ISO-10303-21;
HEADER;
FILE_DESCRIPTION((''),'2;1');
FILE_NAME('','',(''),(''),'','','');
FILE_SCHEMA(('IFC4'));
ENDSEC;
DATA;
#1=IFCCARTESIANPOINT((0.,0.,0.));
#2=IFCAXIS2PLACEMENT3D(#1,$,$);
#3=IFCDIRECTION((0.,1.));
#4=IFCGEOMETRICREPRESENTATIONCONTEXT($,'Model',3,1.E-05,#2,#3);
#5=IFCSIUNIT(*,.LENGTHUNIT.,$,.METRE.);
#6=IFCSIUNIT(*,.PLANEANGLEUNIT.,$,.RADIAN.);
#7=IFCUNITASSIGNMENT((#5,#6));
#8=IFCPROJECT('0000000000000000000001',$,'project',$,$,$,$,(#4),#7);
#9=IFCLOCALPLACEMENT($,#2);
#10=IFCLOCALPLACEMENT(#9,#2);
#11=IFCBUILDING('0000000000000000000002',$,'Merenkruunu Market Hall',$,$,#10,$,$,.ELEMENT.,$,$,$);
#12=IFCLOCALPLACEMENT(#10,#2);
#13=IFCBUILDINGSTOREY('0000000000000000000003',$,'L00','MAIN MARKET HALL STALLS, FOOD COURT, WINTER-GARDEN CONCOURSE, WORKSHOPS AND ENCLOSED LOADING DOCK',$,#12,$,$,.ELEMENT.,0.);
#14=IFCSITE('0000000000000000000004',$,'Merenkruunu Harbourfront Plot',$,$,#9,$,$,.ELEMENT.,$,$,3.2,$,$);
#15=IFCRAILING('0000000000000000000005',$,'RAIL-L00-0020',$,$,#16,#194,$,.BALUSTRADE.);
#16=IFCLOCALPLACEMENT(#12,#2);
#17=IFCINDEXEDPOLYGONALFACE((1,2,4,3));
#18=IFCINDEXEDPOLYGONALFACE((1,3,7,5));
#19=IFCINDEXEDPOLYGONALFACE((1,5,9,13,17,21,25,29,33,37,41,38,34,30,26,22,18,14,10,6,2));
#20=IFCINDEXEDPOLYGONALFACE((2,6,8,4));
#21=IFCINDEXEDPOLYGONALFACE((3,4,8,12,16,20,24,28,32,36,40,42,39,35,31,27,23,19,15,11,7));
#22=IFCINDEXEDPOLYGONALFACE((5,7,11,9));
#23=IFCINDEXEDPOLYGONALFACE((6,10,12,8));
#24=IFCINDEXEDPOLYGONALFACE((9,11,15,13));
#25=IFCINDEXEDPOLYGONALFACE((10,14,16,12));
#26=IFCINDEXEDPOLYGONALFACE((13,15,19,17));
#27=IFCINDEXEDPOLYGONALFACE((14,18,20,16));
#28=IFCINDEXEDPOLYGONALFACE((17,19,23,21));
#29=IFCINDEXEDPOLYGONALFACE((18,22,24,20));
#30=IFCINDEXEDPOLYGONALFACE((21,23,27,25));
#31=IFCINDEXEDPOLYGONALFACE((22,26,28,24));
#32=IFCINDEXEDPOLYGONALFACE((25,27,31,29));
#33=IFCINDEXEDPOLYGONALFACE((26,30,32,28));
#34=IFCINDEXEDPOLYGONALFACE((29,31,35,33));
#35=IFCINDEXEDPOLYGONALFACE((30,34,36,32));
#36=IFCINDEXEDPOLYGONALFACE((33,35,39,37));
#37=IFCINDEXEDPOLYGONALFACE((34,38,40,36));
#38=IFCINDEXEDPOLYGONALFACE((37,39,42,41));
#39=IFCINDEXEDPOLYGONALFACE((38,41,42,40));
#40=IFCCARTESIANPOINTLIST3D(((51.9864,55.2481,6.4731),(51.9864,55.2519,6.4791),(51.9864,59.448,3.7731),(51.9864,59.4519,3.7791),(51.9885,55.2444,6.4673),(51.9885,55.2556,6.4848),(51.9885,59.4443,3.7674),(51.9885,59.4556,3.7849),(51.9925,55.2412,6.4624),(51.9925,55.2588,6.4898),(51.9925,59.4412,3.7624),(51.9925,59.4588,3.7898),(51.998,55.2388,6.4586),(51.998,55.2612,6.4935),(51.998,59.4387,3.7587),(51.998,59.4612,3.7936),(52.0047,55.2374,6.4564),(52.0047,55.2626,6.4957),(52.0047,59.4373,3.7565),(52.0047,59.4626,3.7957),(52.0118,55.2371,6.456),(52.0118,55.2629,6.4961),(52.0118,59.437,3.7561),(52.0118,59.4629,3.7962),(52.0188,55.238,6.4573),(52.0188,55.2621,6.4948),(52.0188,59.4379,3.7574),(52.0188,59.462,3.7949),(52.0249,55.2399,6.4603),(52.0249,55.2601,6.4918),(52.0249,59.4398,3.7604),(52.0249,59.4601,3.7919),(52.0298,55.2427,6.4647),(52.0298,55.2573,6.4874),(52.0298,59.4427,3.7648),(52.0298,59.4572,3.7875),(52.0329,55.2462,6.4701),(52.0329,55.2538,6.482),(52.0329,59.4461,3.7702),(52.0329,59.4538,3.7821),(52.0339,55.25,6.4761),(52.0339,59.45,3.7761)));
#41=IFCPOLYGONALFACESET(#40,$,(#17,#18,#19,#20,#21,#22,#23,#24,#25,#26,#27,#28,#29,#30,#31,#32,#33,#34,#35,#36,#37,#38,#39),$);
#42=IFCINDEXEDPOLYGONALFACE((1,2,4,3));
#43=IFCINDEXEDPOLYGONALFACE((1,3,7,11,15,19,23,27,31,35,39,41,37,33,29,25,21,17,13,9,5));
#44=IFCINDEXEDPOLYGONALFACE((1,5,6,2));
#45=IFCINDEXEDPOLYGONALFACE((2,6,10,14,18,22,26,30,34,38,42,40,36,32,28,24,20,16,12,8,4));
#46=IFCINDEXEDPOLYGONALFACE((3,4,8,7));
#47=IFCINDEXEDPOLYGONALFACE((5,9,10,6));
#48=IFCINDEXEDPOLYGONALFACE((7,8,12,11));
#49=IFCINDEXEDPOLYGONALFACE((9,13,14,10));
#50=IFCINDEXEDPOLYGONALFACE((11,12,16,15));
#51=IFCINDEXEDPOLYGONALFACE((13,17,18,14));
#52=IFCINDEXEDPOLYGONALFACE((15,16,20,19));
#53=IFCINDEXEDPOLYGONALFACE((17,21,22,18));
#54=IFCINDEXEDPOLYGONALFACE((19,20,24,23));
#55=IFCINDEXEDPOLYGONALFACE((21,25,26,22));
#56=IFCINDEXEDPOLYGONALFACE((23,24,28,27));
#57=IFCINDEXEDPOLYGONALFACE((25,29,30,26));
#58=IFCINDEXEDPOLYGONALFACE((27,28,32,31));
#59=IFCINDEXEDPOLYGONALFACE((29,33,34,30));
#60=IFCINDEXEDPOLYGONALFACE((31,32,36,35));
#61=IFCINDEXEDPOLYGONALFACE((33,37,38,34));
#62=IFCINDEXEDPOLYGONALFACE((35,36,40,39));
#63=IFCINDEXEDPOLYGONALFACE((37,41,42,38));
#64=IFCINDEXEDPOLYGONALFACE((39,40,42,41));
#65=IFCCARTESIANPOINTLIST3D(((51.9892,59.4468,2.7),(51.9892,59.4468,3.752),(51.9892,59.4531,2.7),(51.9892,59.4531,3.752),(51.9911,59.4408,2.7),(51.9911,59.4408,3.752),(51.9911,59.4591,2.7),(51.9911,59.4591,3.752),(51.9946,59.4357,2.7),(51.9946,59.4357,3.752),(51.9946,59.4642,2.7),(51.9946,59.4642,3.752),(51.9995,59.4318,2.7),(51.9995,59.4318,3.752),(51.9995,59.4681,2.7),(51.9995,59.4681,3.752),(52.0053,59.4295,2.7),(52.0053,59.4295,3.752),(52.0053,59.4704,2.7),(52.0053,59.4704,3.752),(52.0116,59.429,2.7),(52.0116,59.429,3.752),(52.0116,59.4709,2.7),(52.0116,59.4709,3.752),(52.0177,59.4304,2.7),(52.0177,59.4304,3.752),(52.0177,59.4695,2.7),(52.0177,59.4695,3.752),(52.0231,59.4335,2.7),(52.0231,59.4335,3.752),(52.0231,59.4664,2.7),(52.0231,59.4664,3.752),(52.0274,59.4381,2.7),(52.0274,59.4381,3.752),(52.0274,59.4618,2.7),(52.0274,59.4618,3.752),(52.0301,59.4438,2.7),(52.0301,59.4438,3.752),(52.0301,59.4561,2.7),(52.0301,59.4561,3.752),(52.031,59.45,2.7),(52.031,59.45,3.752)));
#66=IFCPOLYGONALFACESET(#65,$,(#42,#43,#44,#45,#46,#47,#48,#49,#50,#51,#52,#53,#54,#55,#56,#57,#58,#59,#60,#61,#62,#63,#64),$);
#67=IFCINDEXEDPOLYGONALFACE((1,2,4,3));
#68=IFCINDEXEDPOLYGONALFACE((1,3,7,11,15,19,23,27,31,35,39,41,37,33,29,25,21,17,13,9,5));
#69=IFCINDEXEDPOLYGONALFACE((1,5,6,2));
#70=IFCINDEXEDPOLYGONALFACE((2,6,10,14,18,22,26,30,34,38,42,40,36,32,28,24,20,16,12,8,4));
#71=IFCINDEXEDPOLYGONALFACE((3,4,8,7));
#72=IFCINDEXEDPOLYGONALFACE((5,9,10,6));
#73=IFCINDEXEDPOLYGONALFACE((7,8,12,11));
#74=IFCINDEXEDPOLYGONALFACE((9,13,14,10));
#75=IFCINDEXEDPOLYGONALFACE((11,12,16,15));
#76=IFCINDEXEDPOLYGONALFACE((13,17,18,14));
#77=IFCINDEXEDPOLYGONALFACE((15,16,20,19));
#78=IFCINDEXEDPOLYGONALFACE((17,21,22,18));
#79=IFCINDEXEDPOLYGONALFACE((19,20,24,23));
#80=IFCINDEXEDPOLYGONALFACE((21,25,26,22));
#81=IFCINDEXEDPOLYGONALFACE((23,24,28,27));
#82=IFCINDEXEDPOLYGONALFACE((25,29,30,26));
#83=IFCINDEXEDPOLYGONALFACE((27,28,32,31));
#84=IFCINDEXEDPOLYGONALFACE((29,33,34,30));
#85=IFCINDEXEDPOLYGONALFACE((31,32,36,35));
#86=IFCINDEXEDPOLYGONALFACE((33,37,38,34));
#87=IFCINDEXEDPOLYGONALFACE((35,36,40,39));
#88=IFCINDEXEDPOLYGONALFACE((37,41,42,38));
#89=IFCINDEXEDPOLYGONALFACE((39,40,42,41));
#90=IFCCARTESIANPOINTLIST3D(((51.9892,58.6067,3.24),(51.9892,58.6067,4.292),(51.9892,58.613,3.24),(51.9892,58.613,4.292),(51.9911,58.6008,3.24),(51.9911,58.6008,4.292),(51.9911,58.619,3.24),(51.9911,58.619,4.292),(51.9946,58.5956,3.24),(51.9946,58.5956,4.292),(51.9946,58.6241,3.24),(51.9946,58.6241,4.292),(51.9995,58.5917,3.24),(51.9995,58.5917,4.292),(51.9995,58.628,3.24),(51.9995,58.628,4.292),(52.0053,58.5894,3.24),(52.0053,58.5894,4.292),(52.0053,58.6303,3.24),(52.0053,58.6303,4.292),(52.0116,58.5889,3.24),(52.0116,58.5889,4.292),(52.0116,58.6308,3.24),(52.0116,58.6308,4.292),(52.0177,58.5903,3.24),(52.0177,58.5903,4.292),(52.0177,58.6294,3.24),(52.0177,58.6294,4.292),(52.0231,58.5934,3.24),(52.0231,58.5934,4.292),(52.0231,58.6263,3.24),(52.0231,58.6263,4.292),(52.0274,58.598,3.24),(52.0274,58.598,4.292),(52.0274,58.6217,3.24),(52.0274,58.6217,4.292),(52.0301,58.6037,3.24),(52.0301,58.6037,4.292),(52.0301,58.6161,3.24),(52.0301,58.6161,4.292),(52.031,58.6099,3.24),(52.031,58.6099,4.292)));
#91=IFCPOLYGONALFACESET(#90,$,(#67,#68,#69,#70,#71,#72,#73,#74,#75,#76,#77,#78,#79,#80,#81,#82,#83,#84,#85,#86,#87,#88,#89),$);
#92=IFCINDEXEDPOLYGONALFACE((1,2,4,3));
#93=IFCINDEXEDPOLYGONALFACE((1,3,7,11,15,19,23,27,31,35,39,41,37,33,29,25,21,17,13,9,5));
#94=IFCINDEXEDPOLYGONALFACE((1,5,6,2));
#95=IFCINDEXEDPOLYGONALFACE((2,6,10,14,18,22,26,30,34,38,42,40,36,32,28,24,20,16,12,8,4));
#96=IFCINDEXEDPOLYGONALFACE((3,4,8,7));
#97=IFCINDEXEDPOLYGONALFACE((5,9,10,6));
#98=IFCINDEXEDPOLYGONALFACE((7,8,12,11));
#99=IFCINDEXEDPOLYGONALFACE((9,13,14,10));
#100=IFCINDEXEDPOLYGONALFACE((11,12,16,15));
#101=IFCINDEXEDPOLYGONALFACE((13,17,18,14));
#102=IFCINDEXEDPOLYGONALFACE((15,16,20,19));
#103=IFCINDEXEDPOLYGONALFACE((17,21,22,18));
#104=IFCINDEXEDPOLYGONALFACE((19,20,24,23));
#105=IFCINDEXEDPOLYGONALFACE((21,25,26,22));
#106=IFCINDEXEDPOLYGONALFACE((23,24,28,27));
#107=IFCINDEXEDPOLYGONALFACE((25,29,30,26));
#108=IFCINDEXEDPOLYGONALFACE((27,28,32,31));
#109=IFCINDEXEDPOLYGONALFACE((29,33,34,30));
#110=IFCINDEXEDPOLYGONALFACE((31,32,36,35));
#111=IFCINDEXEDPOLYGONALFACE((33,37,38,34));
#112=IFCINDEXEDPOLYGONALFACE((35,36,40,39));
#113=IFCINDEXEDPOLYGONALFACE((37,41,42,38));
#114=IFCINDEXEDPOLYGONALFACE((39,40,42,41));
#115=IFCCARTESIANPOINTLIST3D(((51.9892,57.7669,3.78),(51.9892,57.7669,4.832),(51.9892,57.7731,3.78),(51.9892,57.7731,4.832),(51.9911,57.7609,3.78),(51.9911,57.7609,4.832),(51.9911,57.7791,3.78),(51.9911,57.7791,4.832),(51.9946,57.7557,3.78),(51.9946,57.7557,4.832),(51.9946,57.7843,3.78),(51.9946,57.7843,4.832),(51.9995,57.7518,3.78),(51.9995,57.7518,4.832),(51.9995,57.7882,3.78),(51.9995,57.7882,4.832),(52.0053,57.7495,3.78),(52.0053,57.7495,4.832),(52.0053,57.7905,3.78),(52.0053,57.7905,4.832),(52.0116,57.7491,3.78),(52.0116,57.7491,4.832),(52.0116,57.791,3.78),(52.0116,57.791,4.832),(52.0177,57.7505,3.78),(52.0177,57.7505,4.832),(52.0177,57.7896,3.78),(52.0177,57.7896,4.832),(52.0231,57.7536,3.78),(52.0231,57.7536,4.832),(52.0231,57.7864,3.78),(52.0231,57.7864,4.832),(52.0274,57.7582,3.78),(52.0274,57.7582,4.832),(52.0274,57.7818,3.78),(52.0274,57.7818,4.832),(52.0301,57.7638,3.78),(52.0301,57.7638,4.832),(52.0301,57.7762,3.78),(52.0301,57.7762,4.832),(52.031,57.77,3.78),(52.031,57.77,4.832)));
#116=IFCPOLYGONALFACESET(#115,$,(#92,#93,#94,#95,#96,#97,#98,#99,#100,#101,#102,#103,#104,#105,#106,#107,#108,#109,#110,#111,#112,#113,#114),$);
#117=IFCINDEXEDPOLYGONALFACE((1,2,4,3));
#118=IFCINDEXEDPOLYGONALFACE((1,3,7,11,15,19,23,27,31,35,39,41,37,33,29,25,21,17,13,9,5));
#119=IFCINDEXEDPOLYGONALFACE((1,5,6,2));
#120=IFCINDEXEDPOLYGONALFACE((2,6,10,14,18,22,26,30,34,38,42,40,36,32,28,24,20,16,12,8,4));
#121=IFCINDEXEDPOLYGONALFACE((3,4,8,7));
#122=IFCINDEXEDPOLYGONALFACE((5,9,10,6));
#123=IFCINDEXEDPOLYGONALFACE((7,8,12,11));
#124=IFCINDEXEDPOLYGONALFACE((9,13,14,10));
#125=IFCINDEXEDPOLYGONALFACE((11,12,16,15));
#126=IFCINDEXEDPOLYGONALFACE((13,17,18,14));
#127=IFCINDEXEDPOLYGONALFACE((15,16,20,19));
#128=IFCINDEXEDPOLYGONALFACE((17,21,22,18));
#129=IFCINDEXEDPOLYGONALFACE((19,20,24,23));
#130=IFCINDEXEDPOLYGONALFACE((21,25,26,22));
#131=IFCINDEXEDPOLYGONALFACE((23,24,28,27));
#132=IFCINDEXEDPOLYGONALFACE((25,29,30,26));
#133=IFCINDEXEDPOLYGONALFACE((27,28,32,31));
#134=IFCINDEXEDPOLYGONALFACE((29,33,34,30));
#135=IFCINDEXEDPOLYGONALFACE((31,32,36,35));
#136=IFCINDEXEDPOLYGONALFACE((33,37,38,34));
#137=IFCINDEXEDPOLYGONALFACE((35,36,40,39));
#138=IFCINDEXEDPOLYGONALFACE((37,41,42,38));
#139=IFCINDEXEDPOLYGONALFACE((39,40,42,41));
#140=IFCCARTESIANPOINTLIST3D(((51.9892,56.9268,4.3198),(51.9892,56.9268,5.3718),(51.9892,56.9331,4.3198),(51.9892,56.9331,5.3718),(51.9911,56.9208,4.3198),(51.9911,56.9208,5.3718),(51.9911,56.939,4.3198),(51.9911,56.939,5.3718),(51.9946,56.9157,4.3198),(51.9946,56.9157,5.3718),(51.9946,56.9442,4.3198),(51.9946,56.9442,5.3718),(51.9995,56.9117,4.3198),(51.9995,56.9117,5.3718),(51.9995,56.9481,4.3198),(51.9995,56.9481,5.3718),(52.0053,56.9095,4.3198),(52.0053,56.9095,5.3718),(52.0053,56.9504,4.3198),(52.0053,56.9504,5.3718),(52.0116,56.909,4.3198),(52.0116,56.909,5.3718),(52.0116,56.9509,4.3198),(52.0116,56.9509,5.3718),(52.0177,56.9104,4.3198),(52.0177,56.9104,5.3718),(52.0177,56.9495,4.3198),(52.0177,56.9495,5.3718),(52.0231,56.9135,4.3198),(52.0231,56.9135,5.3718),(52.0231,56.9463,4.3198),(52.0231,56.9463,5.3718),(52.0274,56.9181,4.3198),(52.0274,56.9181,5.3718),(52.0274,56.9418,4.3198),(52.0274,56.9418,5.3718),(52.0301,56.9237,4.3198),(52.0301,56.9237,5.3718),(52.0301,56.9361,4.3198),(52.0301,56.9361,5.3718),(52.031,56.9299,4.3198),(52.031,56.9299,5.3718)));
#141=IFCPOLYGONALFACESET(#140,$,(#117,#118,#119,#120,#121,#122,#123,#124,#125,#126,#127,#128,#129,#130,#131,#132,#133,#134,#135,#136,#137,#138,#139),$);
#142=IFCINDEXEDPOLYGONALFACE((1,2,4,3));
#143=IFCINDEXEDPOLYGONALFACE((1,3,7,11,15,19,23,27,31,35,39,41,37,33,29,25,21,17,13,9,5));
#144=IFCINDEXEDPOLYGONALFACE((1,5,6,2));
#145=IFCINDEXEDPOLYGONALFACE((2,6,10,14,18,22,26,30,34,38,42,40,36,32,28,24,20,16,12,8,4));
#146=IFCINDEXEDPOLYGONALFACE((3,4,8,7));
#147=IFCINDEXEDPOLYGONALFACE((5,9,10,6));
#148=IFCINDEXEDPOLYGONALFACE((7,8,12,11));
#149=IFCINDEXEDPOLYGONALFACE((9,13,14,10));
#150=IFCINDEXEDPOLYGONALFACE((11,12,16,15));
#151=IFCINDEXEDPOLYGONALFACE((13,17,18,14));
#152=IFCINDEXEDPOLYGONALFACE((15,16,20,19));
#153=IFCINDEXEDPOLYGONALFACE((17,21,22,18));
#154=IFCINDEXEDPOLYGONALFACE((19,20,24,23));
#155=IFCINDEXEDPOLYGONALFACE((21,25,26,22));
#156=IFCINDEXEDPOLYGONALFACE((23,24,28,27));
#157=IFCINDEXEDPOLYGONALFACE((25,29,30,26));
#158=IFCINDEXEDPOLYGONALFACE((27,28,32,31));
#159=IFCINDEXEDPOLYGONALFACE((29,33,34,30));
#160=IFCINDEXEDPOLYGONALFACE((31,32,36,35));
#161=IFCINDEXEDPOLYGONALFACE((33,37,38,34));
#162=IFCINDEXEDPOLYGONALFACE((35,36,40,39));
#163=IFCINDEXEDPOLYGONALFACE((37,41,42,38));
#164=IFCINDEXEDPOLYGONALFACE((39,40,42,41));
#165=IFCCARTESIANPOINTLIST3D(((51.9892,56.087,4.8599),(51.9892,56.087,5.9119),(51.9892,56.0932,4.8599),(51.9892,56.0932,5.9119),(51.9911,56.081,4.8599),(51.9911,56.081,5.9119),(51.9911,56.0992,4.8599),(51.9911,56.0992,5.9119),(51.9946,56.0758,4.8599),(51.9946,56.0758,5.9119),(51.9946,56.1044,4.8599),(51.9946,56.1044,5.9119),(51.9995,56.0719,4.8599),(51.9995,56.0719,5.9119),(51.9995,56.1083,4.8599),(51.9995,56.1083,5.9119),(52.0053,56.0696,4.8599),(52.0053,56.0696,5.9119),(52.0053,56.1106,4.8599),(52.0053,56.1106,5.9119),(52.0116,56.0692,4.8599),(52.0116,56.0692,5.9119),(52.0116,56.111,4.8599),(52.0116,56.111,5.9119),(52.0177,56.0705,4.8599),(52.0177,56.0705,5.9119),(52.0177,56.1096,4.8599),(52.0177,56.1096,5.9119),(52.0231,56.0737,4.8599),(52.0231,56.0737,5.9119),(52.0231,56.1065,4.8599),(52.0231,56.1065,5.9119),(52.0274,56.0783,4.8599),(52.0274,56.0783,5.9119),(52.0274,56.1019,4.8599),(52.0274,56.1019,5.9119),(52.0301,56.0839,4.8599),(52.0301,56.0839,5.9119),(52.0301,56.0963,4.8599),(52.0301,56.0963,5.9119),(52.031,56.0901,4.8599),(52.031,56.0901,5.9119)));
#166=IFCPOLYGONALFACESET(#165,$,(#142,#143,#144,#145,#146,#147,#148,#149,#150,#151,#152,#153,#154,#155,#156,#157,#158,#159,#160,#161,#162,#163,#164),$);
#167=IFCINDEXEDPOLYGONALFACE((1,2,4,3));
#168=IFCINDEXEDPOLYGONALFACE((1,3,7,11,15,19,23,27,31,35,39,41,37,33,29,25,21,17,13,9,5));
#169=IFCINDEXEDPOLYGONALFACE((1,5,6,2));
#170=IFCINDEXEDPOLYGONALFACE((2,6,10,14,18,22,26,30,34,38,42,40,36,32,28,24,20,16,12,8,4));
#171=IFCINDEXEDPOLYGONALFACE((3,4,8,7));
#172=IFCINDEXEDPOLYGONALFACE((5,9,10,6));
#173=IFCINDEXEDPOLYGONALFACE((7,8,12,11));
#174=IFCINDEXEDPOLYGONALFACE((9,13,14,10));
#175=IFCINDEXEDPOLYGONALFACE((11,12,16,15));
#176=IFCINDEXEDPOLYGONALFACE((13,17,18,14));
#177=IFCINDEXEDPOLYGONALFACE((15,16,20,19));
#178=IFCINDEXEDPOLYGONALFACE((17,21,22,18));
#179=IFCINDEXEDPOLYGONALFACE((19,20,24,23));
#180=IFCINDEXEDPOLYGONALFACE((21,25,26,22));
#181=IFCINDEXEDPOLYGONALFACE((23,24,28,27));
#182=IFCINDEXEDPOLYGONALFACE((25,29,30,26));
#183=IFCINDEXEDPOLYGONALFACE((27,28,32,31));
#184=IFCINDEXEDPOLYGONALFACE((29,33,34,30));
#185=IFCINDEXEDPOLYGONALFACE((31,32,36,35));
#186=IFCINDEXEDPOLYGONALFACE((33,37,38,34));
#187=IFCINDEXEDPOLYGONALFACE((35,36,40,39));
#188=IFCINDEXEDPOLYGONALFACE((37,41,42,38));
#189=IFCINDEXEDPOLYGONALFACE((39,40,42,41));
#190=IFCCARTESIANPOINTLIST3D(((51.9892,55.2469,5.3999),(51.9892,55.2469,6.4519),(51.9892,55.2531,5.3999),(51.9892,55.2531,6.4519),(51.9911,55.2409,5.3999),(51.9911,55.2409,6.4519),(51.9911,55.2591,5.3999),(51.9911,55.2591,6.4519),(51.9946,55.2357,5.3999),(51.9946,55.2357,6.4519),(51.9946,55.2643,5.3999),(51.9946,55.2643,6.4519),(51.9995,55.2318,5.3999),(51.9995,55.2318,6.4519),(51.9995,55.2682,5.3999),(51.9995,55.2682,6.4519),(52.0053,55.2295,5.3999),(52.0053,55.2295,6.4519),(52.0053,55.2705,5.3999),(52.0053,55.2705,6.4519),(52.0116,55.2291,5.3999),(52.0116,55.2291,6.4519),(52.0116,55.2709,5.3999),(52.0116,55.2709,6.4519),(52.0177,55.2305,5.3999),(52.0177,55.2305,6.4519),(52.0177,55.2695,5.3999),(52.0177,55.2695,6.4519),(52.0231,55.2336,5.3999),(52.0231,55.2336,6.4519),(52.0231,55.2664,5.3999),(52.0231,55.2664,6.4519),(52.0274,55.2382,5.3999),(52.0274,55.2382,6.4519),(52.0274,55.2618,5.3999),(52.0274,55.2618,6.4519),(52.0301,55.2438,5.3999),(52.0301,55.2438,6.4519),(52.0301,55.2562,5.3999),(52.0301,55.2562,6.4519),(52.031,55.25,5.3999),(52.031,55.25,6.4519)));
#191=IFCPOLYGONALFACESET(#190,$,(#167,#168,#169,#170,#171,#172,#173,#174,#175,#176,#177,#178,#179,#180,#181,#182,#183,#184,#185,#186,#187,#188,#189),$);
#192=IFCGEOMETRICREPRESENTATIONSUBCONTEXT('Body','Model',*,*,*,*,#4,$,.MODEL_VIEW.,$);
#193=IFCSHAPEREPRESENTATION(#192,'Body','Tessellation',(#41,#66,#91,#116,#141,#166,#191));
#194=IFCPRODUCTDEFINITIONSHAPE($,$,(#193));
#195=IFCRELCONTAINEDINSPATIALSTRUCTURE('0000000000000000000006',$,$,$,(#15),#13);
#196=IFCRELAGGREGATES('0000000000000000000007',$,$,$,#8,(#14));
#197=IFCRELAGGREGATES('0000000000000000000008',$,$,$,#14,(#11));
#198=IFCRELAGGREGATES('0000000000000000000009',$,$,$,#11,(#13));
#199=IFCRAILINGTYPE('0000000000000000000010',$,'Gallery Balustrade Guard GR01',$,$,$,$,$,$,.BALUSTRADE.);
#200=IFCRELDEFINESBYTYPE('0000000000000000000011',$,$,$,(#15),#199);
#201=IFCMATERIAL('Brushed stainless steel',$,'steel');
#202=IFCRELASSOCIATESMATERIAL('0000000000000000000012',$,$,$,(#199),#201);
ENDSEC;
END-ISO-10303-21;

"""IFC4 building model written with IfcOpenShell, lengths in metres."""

from ifc_helpers import new_model, si_unit, direction, frame, origin, origin_2d, place, context, subcontext, project, spatial, circle, extrude, material, type_object, element, save


model = new_model("IFC4")

# Units and contexts
model_context = context("Model", 3, precision=1e-05, world=origin(), true_north=direction((0.0, 1.0)))
body_context = subcontext(model_context, "Body", "Model", "MODEL_VIEW")
ifc_project = project(units=[si_unit("LENGTHUNIT", "METRE"), si_unit("PLANEANGLEUNIT", "RADIAN")], contexts=[model_context])

# Site, building, storey
site_placement = place(None, origin())
site = spatial("IfcSite", under=ifc_project, at=site_placement, Name="Merenkruunu Harbourfront Plot", CompositionType="ELEMENT", RefElevation=3.2)
building_placement = place(site_placement, origin())
building = spatial("IfcBuilding", under=site, at=building_placement, Name="Merenkruunu Market Hall", CompositionType="ELEMENT")
storey_placement = place(building_placement, origin())
storey = spatial("IfcBuildingStorey", under=building, at=storey_placement, Name="L00", Description="MAIN MARKET HALL STALLS, FOOD COURT, WINTER-GARDEN CONCOURSE, WORKSHOPS AND ENCLOSED LOADING DOCK", CompositionType="ELEMENT", Elevation=0.0)

# Railing
ifc_material_1 = material(Name="Brushed stainless steel", Category="steel")
railing_type_1 = type_object("IfcRailingType", Name="Gallery Balustrade Guard GR01", PredefinedType="BALUSTRADE", material=ifc_material_1)
railing_1_placement = place(storey_placement, frame((52.01, 59.45, 2.7)))
element("IfcRailing", 1, at=railing_1_placement, inside=storey, type_object=railing_type_1, Name="RAIL-L00-0020", PredefinedType="BALUSTRADE", context=body_context, shape_type="SweptSolid", body=[
    extrude(circle(Radius=0.0239, at=origin_2d()), frame((0.0, 0.0, 1.0762), z_axis=(0.0, -0.84118, 0.540755), x_axis=(1.0, 0.0, 0.0)), (0.0, 0.0, 1.0), 4.9929),
    extrude(circle(Radius=0.021, at=origin_2d()), origin(), (0.0, 0.0, 1.0), 1.052),
    extrude(circle(Radius=0.021, at=origin_2d()), frame((0.0, -0.8401, 0.54)), (0.0, 0.0, 1.0), 1.052),
    extrude(circle(Radius=0.021, at=origin_2d()), frame((0.0, -1.6799, 1.0801)), (0.0, 0.0, 1.0), 1.052),
    extrude(circle(Radius=0.021, at=origin_2d()), frame((0.0, -2.52, 1.6199)), (0.0, 0.0, 1.0), 1.052),
    extrude(circle(Radius=0.021, at=origin_2d()), frame((0.0, -3.3599, 2.1599)), (0.0, 0.0, 1.0), 1.052),
    extrude(circle(Radius=0.021, at=origin_2d()), frame((0.0, -4.2, 2.7)), (0.0, 0.0, 1.0), 1.052),
])

save(model, "model.ifc")
